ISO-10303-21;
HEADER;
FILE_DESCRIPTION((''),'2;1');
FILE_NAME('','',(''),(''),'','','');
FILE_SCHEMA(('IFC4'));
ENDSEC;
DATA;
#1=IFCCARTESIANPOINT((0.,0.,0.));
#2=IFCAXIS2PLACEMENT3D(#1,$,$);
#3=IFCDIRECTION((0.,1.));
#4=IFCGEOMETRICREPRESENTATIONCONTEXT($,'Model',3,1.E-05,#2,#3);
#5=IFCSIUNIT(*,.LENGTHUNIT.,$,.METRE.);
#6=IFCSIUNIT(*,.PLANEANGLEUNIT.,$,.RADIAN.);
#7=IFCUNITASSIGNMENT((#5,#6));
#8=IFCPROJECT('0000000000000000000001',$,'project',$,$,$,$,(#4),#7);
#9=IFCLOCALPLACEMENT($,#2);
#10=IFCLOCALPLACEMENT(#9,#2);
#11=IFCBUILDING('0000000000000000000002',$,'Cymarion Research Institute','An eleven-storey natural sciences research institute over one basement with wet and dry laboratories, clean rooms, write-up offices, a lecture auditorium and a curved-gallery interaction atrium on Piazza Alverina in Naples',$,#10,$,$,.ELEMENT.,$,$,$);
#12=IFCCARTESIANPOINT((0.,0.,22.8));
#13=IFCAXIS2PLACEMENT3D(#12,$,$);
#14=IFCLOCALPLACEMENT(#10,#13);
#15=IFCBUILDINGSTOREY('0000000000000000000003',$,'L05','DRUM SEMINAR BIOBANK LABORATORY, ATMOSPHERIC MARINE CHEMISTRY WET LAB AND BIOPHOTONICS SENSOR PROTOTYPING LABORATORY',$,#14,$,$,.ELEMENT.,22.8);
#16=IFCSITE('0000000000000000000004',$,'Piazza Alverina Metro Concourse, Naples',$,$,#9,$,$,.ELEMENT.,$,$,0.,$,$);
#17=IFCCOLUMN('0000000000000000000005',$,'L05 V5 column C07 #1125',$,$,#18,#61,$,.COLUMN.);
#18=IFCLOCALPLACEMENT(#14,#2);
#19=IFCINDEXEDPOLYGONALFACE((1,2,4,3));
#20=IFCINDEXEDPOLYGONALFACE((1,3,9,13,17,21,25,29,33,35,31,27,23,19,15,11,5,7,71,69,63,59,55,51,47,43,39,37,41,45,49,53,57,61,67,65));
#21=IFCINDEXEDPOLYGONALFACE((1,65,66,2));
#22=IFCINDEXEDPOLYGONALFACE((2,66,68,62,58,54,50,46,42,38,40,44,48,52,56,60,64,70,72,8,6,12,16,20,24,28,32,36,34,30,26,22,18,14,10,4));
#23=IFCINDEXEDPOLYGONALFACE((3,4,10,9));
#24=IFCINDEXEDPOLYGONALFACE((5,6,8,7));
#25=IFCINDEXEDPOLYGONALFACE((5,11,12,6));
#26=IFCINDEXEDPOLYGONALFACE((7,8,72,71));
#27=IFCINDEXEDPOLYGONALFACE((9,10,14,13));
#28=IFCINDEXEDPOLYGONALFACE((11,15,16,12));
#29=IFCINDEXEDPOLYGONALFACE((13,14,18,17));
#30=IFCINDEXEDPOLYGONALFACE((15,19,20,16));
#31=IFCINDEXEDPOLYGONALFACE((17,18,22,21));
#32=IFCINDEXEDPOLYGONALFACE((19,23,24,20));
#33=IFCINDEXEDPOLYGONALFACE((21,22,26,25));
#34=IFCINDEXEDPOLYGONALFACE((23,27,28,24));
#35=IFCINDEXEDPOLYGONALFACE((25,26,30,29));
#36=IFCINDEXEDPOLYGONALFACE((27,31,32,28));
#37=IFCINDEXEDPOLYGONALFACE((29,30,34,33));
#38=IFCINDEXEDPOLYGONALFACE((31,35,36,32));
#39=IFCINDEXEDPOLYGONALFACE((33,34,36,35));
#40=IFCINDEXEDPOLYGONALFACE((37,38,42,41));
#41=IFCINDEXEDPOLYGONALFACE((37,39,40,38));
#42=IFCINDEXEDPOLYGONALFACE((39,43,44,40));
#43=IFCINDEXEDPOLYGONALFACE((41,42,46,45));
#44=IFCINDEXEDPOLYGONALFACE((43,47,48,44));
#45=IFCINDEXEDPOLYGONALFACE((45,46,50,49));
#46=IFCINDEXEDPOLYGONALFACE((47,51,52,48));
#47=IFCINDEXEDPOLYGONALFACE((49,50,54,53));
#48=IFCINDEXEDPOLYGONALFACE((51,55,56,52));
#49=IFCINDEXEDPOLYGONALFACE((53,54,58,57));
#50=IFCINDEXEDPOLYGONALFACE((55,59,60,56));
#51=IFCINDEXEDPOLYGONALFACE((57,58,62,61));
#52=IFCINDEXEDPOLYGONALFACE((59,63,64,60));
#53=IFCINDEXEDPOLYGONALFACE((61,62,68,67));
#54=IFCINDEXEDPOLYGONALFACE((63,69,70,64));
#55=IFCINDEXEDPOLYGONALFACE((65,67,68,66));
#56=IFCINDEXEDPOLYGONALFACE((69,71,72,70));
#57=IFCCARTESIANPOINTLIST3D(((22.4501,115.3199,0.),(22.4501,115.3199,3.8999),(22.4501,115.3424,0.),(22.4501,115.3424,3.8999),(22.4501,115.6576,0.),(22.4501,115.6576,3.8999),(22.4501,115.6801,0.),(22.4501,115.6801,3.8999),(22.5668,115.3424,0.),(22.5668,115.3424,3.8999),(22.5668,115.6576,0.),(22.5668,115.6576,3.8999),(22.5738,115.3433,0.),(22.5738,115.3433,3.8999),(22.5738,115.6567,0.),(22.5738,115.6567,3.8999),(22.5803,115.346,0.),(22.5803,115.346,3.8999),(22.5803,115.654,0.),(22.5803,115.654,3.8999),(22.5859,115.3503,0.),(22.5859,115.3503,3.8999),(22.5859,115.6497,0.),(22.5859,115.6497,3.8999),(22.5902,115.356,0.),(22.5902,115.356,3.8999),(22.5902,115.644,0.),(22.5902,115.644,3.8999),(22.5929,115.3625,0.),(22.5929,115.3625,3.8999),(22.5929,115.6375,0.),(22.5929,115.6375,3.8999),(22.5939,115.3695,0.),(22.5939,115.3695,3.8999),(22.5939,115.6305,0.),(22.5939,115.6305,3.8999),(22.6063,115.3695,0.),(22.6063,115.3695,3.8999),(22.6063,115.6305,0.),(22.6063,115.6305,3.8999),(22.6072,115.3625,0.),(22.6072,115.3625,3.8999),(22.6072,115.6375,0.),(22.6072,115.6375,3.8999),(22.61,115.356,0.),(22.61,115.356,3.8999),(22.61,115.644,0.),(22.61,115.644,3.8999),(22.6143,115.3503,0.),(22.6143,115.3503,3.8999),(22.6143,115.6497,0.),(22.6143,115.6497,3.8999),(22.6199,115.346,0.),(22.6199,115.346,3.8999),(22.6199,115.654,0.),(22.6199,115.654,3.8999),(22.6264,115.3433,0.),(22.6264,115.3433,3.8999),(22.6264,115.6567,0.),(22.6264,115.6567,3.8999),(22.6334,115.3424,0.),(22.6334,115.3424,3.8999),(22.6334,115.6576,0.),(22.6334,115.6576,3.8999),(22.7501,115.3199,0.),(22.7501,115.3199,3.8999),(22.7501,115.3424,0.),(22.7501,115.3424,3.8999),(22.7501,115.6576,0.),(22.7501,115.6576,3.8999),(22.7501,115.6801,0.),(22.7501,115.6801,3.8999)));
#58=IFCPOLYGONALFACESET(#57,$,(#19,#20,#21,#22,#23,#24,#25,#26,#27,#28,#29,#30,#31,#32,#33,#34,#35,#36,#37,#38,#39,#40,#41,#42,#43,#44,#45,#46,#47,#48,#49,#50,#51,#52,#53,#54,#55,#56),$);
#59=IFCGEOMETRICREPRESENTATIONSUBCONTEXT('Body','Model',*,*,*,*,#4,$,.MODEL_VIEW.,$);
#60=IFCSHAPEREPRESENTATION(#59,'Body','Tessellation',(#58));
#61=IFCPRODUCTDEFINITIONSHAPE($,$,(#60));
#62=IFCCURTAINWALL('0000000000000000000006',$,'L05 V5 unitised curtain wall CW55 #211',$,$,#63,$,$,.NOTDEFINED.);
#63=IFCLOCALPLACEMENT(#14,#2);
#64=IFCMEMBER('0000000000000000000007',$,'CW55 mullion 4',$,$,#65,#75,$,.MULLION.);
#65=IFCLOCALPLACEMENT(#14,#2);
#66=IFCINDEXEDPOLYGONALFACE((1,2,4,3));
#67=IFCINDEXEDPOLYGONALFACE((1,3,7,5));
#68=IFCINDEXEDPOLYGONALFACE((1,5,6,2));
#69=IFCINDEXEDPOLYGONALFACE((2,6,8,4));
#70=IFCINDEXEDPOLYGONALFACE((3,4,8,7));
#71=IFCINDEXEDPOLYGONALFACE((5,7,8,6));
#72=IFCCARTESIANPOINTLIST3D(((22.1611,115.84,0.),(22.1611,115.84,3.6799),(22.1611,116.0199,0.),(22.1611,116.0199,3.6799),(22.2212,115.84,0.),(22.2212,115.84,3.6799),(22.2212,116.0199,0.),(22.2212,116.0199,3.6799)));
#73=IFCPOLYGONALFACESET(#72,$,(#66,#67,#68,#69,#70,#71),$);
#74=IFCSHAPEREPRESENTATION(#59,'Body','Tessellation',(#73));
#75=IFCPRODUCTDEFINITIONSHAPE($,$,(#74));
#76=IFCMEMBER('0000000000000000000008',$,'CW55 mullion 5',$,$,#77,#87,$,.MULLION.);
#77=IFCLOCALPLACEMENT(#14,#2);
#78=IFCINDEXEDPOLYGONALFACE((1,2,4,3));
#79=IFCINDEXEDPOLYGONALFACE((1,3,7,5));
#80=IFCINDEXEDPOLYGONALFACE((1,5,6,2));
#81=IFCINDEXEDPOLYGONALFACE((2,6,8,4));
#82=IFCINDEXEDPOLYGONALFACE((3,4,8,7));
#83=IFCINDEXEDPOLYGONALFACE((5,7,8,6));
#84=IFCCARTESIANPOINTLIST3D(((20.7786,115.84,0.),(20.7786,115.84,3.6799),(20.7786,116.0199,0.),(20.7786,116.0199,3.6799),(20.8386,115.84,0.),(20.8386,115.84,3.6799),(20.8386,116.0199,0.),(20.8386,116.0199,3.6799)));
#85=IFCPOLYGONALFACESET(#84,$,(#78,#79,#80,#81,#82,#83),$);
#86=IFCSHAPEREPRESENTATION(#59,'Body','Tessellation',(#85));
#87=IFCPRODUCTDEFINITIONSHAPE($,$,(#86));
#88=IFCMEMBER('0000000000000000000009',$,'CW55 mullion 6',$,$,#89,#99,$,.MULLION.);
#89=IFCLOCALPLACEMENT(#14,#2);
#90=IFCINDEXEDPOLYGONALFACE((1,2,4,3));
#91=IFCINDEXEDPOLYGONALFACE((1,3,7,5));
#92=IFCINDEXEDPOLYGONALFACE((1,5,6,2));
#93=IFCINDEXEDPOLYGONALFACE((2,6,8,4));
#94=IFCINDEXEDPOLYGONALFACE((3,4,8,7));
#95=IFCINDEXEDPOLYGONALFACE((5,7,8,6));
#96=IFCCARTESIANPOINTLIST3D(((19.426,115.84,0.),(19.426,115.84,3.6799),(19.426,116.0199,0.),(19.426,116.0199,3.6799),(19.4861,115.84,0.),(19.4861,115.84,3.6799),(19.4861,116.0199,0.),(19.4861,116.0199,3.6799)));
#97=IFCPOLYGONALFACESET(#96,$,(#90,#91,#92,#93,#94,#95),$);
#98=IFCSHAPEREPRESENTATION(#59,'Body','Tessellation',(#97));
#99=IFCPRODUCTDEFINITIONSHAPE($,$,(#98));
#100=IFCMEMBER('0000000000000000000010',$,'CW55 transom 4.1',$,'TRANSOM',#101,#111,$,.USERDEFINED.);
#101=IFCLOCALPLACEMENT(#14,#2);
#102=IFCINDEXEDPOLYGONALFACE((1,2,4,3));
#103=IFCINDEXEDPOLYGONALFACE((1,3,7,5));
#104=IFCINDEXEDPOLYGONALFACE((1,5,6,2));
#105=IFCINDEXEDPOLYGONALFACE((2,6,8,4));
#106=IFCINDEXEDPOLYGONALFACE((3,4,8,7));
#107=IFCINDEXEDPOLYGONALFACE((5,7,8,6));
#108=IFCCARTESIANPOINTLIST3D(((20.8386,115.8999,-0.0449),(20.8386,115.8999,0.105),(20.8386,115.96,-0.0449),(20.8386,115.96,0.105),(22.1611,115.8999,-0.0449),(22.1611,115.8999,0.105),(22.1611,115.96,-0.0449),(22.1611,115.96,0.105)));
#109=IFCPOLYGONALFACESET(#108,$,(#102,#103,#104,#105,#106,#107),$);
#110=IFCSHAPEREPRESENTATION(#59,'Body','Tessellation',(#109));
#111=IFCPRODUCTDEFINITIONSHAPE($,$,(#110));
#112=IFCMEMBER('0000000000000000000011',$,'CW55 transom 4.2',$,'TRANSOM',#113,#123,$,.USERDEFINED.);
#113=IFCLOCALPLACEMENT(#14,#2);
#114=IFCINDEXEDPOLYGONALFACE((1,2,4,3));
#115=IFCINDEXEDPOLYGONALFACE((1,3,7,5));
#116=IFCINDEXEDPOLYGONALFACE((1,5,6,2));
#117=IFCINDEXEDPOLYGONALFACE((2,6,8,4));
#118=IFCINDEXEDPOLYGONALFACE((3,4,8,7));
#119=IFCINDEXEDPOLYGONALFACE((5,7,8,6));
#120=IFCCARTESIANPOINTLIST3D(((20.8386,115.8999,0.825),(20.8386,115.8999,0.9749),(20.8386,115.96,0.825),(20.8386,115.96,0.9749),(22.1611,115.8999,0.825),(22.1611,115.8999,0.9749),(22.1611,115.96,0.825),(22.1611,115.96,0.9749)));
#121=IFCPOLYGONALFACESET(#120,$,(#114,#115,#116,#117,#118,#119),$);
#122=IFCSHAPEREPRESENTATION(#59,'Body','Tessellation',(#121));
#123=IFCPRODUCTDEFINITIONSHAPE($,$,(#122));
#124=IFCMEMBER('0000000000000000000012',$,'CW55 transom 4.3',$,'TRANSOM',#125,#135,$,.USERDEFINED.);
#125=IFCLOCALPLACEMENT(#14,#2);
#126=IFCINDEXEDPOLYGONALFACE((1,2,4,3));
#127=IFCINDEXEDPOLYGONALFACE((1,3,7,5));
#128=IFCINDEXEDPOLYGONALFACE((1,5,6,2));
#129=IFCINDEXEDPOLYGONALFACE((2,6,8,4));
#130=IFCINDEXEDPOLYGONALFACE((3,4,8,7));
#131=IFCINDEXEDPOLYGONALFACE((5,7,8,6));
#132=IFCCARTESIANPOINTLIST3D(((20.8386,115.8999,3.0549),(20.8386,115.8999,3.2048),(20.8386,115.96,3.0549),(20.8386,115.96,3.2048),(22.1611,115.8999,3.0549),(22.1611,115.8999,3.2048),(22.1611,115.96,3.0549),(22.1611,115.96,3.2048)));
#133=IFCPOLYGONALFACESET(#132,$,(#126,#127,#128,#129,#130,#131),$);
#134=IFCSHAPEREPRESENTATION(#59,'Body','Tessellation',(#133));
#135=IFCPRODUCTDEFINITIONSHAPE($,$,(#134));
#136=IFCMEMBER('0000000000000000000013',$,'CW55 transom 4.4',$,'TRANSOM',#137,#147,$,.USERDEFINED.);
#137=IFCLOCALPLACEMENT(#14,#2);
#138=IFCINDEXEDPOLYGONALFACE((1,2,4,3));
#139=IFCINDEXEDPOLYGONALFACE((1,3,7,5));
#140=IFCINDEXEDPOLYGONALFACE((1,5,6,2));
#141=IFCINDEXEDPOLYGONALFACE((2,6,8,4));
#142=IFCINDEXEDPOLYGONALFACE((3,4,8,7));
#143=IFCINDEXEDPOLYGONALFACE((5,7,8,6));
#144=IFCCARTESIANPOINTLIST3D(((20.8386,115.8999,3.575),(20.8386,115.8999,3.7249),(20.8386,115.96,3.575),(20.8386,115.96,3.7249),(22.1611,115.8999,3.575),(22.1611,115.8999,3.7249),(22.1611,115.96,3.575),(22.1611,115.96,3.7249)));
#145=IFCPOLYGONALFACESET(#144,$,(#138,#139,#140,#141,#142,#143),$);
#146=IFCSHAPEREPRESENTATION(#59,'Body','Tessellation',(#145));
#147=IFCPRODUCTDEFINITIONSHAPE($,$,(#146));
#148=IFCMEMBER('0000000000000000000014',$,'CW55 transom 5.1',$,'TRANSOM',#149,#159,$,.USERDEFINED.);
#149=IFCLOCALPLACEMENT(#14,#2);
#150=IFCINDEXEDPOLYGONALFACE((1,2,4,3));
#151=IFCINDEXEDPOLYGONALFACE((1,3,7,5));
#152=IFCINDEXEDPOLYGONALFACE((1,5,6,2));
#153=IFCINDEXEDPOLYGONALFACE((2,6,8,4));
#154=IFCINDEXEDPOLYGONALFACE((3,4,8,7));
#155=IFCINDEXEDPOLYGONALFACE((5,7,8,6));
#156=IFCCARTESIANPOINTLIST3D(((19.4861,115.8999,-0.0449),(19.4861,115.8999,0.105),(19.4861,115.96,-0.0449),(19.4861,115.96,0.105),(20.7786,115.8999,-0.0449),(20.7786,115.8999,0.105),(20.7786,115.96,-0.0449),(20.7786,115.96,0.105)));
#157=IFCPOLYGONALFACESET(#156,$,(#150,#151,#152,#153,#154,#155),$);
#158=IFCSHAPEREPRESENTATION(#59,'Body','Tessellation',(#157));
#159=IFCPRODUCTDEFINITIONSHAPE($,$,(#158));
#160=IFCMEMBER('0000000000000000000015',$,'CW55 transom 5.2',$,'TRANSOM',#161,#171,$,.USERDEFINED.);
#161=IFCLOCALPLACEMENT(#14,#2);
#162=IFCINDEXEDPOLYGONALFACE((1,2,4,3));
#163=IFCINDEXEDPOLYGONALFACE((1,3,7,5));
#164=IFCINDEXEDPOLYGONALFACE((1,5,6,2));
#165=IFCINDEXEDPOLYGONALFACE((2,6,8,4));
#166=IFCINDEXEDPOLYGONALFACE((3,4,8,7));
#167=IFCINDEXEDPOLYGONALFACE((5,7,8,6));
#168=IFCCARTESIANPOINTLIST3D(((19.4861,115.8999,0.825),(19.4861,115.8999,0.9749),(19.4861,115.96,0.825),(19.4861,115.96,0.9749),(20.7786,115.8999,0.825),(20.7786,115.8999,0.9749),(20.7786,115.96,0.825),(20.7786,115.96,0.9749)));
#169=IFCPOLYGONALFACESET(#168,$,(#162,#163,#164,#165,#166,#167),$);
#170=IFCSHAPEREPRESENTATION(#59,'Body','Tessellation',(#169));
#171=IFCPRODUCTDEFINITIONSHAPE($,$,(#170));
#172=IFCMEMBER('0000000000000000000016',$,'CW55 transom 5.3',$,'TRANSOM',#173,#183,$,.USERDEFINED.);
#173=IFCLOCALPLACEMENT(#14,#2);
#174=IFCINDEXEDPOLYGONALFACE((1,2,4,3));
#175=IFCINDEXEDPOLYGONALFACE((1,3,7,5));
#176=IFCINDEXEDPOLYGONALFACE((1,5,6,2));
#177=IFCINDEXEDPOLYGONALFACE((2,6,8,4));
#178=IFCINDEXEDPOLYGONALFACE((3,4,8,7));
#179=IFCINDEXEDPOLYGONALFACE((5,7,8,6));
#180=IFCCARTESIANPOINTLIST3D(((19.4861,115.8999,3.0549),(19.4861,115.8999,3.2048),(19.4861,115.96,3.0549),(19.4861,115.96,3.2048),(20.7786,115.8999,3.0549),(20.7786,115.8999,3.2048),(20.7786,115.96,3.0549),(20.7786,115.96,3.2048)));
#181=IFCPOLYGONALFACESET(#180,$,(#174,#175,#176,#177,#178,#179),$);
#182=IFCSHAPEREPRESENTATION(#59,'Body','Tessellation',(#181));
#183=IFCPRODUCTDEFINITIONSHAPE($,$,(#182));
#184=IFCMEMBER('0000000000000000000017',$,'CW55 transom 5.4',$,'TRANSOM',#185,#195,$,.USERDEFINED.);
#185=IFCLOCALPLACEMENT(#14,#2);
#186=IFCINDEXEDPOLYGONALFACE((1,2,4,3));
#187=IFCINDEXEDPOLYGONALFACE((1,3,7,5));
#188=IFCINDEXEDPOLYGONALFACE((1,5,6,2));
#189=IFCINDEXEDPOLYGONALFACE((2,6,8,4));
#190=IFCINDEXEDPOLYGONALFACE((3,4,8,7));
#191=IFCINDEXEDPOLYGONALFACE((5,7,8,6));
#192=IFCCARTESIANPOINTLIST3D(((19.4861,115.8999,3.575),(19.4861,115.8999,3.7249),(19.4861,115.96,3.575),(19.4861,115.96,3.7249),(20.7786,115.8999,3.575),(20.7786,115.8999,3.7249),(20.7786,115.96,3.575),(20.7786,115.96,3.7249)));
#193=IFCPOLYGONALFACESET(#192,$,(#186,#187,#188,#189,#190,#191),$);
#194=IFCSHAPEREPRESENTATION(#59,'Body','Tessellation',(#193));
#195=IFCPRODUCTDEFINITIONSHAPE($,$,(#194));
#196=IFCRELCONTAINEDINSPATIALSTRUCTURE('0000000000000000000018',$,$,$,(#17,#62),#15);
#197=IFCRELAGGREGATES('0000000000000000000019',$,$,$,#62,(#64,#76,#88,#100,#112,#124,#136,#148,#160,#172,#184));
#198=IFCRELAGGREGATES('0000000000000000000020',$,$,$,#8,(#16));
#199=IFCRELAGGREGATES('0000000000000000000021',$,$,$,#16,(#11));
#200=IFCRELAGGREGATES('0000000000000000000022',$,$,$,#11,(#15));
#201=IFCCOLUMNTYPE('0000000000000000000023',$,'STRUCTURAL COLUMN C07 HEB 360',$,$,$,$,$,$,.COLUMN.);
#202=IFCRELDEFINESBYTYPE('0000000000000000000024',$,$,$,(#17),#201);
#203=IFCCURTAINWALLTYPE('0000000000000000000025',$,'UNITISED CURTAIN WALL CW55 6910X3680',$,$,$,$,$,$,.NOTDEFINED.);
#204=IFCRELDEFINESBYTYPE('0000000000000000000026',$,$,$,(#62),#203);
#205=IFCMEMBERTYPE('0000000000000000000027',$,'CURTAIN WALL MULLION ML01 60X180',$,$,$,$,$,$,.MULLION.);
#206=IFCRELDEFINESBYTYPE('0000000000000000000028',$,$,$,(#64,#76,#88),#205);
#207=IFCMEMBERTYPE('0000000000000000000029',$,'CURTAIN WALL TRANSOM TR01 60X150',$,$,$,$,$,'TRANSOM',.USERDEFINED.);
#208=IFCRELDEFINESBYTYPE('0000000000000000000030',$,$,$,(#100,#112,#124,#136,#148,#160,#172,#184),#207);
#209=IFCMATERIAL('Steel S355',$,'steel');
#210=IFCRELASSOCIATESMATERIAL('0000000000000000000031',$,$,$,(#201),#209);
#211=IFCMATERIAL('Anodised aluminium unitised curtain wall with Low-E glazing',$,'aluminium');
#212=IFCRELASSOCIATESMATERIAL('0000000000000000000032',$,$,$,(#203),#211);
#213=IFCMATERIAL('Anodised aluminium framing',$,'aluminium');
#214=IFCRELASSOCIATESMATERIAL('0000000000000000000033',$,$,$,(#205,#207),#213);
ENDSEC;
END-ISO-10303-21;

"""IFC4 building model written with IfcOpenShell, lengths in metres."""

from ifc_helpers import new_model, si_unit, direction, frame, origin, origin_2d, place, context, subcontext, project, spatial, rectangle, i_section, extrude, material, material_profile, profile_set, type_object, element, aggregate, save


model = new_model("IFC4")

# Units and contexts
model_context = context("Model", 3, precision=1e-05, world=origin(), true_north=direction((0.0, 1.0)))
body_context = subcontext(model_context, "Body", "Model", "MODEL_VIEW")
ifc_project = project(units=[si_unit("LENGTHUNIT", "METRE"), si_unit("PLANEANGLEUNIT", "RADIAN")], contexts=[model_context])

# Site, building, storey
site_placement = place(None, origin())
site = spatial("IfcSite", under=ifc_project, at=site_placement, Name="Piazza Alverina Metro Concourse, Naples", CompositionType="ELEMENT", RefElevation=0.0)
building_placement = place(site_placement, origin())
building = spatial("IfcBuilding", under=site, at=building_placement, Name="Cymarion Research Institute", Description="An eleven-storey natural sciences research institute over one basement with wet and dry laboratories, clean rooms, write-up offices, a lecture auditorium and a curved-gallery interaction atrium on Piazza Alverina in Naples", CompositionType="ELEMENT")
storey_placement = place(building_placement, frame((0.0, 0.0, 22.8)))
storey = spatial("IfcBuildingStorey", under=building, at=storey_placement, Name="L05", Description="DRUM SEMINAR BIOBANK LABORATORY, ATMOSPHERIC MARINE CHEMISTRY WET LAB AND BIOPHOTONICS SENSOR PROTOTYPING LABORATORY", CompositionType="ELEMENT", Elevation=22.8)

# Column
ifc_material_1 = material(Name="Steel S355", Category="steel")
ifc_material_profile_1 = material_profile(ifc_material_1, i_section(OverallWidth=0.3, OverallDepth=0.3601, WebThickness=0.0125, FlangeThickness=0.0225, FilletRadius=0.0271, at=origin_2d()), Name="HEB 360")
ifc_profile_set_1 = profile_set([ifc_material_profile_1], Name="Steel S355")
column_type = type_object("IfcColumnType", Name="STRUCTURAL COLUMN C07 HEB 360", PredefinedType="COLUMN", material=ifc_profile_set_1)
column_placement = place(storey_placement, frame((22.6001, 115.5, 0.0), z_axis=(0.0, 0.0, 1.0), x_axis=(1.0, 0.0, 0.0)))
element("IfcColumn", 1, at=column_placement, inside=storey, type_object=column_type, Name="L05 V5 column C07 #1125", PredefinedType="COLUMN", context=body_context, shape_type="SweptSolid", body=[
    extrude(i_section(OverallWidth=0.3, OverallDepth=0.3601, WebThickness=0.0125, FlangeThickness=0.0225, FilletRadius=0.0271, at=origin_2d()), origin(), (0.0, 0.0, 1.0), 3.8999),
])

# Curtain wall, members
ifc_material_2 = material(Name="Anodised aluminium unitised curtain wall with Low-E glazing", Category="aluminium")
curtain_wall_type = type_object("IfcCurtainWallType", Name="UNITISED CURTAIN WALL CW55 6910X3680", PredefinedType="NOTDEFINED", material=ifc_material_2)
curtain_wall_placement = place(storey_placement, origin())
curtain_wall = element("IfcCurtainWall", 2, at=curtain_wall_placement, inside=storey, type_object=curtain_wall_type, Name="L05 V5 unitised curtain wall CW55 #211", PredefinedType="NOTDEFINED")
ifc_material_3 = material(Name="Anodised aluminium framing", Category="aluminium")
ifc_material_profile_2 = material_profile(ifc_material_3, rectangle(XDim=0.0601, YDim=0.1799, at=origin_2d()), Name="ALU MULLION 60x180")
ifc_profile_set_2 = profile_set([ifc_material_profile_2], Name="Anodised aluminium framing")
member_type_1 = type_object("IfcMemberType", Name="CURTAIN WALL MULLION ML01 60X180", PredefinedType="MULLION", material=ifc_profile_set_2)
member_1_placement = place(storey_placement, frame((22.1912, 115.9299, 0.0), z_axis=(0.0, 0.0, 1.0), x_axis=(-1.0, 0.0, 0.0)))
member_1 = element("IfcMember", 3, at=member_1_placement, type_object=member_type_1, Name="CW55 mullion 4", PredefinedType="MULLION", context=body_context, shape_type="SweptSolid", body=[
    extrude(rectangle(XDim=0.0601, YDim=0.1799, at=origin_2d()), origin(), (0.0, 0.0, 1.0), 3.6799),
])
member_2_placement = place(storey_placement, frame((20.8086, 115.9299, 0.0), z_axis=(0.0, 0.0, 1.0), x_axis=(-1.0, 0.0, 0.0)))
member_2 = element("IfcMember", 4, at=member_2_placement, type_object=member_type_1, Name="CW55 mullion 5", PredefinedType="MULLION", context=body_context, shape_type="SweptSolid", body=[
    extrude(rectangle(XDim=0.0601, YDim=0.1799, at=origin_2d()), origin(), (0.0, 0.0, 1.0), 3.6799),
])
member_3_placement = place(storey_placement, frame((19.4561, 115.9299, 0.0), z_axis=(0.0, 0.0, 1.0), x_axis=(-1.0, 0.0, 0.0)))
member_3 = element("IfcMember", 5, at=member_3_placement, type_object=member_type_1, Name="CW55 mullion 6", PredefinedType="MULLION", context=body_context, shape_type="SweptSolid", body=[
    extrude(rectangle(XDim=0.0601, YDim=0.1799, at=origin_2d()), origin(), (0.0, 0.0, 1.0), 3.6799),
])
ifc_material_profile_3 = material_profile(ifc_material_3, rectangle(XDim=0.0601, YDim=0.1499, at=origin_2d()), Name="ALU TRANSOM 60x150")
ifc_profile_set_3 = profile_set([ifc_material_profile_3], Name="Anodised aluminium framing")
member_type_2 = type_object("IfcMemberType", Name="CURTAIN WALL TRANSOM TR01 60X150", ElementType="TRANSOM", PredefinedType="USERDEFINED", material=ifc_profile_set_3)
member_4_placement = place(storey_placement, frame((22.1611, 115.9299, 0.03), z_axis=(-1.0, 0.0, 0.0), x_axis=(0.0, -1.0, 0.0)))
member_4 = element("IfcMember", 6, at=member_4_placement, type_object=member_type_2, Name="CW55 transom 4.1", ObjectType="TRANSOM", PredefinedType="USERDEFINED", context=body_context, shape_type="SweptSolid", body=[
    extrude(rectangle(XDim=0.0601, YDim=0.1499, at=origin_2d()), origin(), (0.0, 0.0, 1.0), 1.3225),
])
member_5_placement = place(storey_placement, frame((22.1611, 115.9299, 0.8999), z_axis=(-1.0, 0.0, 0.0), x_axis=(0.0, -1.0, 0.0)))
member_5 = element("IfcMember", 7, at=member_5_placement, type_object=member_type_2, Name="CW55 transom 4.2", ObjectType="TRANSOM", PredefinedType="USERDEFINED", context=body_context, shape_type="SweptSolid", body=[
    extrude(rectangle(XDim=0.0601, YDim=0.1499, at=origin_2d()), origin(), (0.0, 0.0, 1.0), 1.3225),
])
member_6_placement = place(storey_placement, frame((22.1611, 115.9299, 3.1299), z_axis=(-1.0, 0.0, 0.0), x_axis=(0.0, -1.0, 0.0)))
member_6 = element("IfcMember", 8, at=member_6_placement, type_object=member_type_2, Name="CW55 transom 4.3", ObjectType="TRANSOM", PredefinedType="USERDEFINED", context=body_context, shape_type="SweptSolid", body=[
    extrude(rectangle(XDim=0.0601, YDim=0.1499, at=origin_2d()), origin(), (0.0, 0.0, 1.0), 1.3225),
])
member_7_placement = place(storey_placement, frame((22.1611, 115.9299, 3.6499), z_axis=(-1.0, 0.0, 0.0), x_axis=(0.0, -1.0, 0.0)))
member_7 = element("IfcMember", 9, at=member_7_placement, type_object=member_type_2, Name="CW55 transom 4.4", ObjectType="TRANSOM", PredefinedType="USERDEFINED", context=body_context, shape_type="SweptSolid", body=[
    extrude(rectangle(XDim=0.0601, YDim=0.1499, at=origin_2d()), origin(), (0.0, 0.0, 1.0), 1.3225),
])
member_8_placement = place(storey_placement, frame((20.7786, 115.9299, 0.03), z_axis=(-1.0, 0.0, 0.0), x_axis=(0.0, -1.0, 0.0)))
member_8 = element("IfcMember", 10, at=member_8_placement, type_object=member_type_2, Name="CW55 transom 5.1", ObjectType="TRANSOM", PredefinedType="USERDEFINED", context=body_context, shape_type="SweptSolid", body=[
    extrude(rectangle(XDim=0.0601, YDim=0.1499, at=origin_2d()), origin(), (0.0, 0.0, 1.0), 1.2925),
])
member_9_placement = place(storey_placement, frame((20.7786, 115.9299, 0.8999), z_axis=(-1.0, 0.0, 0.0), x_axis=(0.0, -1.0, 0.0)))
member_9 = element("IfcMember", 11, at=member_9_placement, type_object=member_type_2, Name="CW55 transom 5.2", ObjectType="TRANSOM", PredefinedType="USERDEFINED", context=body_context, shape_type="SweptSolid", body=[
    extrude(rectangle(XDim=0.0601, YDim=0.1499, at=origin_2d()), origin(), (0.0, 0.0, 1.0), 1.2925),
])
member_10_placement = place(storey_placement, frame((20.7786, 115.9299, 3.1299), z_axis=(-1.0, 0.0, 0.0), x_axis=(0.0, -1.0, 0.0)))
member_10 = element("IfcMember", 12, at=member_10_placement, type_object=member_type_2, Name="CW55 transom 5.3", ObjectType="TRANSOM", PredefinedType="USERDEFINED", context=body_context, shape_type="SweptSolid", body=[
    extrude(rectangle(XDim=0.0601, YDim=0.1499, at=origin_2d()), origin(), (0.0, 0.0, 1.0), 1.2925),
])
member_11_placement = place(storey_placement, frame((20.7786, 115.9299, 3.6499), z_axis=(-1.0, 0.0, 0.0), x_axis=(0.0, -1.0, 0.0)))
member_11 = element("IfcMember", 13, at=member_11_placement, type_object=member_type_2, Name="CW55 transom 5.4", ObjectType="TRANSOM", PredefinedType="USERDEFINED", context=body_context, shape_type="SweptSolid", body=[
    extrude(rectangle(XDim=0.0601, YDim=0.1499, at=origin_2d()), origin(), (0.0, 0.0, 1.0), 1.2925),
])

aggregate(curtain_wall, [member_1, member_2, member_3, member_4, member_5, member_6, member_7, member_8, member_9, member_10, member_11])

save(model, "model.ifc")
